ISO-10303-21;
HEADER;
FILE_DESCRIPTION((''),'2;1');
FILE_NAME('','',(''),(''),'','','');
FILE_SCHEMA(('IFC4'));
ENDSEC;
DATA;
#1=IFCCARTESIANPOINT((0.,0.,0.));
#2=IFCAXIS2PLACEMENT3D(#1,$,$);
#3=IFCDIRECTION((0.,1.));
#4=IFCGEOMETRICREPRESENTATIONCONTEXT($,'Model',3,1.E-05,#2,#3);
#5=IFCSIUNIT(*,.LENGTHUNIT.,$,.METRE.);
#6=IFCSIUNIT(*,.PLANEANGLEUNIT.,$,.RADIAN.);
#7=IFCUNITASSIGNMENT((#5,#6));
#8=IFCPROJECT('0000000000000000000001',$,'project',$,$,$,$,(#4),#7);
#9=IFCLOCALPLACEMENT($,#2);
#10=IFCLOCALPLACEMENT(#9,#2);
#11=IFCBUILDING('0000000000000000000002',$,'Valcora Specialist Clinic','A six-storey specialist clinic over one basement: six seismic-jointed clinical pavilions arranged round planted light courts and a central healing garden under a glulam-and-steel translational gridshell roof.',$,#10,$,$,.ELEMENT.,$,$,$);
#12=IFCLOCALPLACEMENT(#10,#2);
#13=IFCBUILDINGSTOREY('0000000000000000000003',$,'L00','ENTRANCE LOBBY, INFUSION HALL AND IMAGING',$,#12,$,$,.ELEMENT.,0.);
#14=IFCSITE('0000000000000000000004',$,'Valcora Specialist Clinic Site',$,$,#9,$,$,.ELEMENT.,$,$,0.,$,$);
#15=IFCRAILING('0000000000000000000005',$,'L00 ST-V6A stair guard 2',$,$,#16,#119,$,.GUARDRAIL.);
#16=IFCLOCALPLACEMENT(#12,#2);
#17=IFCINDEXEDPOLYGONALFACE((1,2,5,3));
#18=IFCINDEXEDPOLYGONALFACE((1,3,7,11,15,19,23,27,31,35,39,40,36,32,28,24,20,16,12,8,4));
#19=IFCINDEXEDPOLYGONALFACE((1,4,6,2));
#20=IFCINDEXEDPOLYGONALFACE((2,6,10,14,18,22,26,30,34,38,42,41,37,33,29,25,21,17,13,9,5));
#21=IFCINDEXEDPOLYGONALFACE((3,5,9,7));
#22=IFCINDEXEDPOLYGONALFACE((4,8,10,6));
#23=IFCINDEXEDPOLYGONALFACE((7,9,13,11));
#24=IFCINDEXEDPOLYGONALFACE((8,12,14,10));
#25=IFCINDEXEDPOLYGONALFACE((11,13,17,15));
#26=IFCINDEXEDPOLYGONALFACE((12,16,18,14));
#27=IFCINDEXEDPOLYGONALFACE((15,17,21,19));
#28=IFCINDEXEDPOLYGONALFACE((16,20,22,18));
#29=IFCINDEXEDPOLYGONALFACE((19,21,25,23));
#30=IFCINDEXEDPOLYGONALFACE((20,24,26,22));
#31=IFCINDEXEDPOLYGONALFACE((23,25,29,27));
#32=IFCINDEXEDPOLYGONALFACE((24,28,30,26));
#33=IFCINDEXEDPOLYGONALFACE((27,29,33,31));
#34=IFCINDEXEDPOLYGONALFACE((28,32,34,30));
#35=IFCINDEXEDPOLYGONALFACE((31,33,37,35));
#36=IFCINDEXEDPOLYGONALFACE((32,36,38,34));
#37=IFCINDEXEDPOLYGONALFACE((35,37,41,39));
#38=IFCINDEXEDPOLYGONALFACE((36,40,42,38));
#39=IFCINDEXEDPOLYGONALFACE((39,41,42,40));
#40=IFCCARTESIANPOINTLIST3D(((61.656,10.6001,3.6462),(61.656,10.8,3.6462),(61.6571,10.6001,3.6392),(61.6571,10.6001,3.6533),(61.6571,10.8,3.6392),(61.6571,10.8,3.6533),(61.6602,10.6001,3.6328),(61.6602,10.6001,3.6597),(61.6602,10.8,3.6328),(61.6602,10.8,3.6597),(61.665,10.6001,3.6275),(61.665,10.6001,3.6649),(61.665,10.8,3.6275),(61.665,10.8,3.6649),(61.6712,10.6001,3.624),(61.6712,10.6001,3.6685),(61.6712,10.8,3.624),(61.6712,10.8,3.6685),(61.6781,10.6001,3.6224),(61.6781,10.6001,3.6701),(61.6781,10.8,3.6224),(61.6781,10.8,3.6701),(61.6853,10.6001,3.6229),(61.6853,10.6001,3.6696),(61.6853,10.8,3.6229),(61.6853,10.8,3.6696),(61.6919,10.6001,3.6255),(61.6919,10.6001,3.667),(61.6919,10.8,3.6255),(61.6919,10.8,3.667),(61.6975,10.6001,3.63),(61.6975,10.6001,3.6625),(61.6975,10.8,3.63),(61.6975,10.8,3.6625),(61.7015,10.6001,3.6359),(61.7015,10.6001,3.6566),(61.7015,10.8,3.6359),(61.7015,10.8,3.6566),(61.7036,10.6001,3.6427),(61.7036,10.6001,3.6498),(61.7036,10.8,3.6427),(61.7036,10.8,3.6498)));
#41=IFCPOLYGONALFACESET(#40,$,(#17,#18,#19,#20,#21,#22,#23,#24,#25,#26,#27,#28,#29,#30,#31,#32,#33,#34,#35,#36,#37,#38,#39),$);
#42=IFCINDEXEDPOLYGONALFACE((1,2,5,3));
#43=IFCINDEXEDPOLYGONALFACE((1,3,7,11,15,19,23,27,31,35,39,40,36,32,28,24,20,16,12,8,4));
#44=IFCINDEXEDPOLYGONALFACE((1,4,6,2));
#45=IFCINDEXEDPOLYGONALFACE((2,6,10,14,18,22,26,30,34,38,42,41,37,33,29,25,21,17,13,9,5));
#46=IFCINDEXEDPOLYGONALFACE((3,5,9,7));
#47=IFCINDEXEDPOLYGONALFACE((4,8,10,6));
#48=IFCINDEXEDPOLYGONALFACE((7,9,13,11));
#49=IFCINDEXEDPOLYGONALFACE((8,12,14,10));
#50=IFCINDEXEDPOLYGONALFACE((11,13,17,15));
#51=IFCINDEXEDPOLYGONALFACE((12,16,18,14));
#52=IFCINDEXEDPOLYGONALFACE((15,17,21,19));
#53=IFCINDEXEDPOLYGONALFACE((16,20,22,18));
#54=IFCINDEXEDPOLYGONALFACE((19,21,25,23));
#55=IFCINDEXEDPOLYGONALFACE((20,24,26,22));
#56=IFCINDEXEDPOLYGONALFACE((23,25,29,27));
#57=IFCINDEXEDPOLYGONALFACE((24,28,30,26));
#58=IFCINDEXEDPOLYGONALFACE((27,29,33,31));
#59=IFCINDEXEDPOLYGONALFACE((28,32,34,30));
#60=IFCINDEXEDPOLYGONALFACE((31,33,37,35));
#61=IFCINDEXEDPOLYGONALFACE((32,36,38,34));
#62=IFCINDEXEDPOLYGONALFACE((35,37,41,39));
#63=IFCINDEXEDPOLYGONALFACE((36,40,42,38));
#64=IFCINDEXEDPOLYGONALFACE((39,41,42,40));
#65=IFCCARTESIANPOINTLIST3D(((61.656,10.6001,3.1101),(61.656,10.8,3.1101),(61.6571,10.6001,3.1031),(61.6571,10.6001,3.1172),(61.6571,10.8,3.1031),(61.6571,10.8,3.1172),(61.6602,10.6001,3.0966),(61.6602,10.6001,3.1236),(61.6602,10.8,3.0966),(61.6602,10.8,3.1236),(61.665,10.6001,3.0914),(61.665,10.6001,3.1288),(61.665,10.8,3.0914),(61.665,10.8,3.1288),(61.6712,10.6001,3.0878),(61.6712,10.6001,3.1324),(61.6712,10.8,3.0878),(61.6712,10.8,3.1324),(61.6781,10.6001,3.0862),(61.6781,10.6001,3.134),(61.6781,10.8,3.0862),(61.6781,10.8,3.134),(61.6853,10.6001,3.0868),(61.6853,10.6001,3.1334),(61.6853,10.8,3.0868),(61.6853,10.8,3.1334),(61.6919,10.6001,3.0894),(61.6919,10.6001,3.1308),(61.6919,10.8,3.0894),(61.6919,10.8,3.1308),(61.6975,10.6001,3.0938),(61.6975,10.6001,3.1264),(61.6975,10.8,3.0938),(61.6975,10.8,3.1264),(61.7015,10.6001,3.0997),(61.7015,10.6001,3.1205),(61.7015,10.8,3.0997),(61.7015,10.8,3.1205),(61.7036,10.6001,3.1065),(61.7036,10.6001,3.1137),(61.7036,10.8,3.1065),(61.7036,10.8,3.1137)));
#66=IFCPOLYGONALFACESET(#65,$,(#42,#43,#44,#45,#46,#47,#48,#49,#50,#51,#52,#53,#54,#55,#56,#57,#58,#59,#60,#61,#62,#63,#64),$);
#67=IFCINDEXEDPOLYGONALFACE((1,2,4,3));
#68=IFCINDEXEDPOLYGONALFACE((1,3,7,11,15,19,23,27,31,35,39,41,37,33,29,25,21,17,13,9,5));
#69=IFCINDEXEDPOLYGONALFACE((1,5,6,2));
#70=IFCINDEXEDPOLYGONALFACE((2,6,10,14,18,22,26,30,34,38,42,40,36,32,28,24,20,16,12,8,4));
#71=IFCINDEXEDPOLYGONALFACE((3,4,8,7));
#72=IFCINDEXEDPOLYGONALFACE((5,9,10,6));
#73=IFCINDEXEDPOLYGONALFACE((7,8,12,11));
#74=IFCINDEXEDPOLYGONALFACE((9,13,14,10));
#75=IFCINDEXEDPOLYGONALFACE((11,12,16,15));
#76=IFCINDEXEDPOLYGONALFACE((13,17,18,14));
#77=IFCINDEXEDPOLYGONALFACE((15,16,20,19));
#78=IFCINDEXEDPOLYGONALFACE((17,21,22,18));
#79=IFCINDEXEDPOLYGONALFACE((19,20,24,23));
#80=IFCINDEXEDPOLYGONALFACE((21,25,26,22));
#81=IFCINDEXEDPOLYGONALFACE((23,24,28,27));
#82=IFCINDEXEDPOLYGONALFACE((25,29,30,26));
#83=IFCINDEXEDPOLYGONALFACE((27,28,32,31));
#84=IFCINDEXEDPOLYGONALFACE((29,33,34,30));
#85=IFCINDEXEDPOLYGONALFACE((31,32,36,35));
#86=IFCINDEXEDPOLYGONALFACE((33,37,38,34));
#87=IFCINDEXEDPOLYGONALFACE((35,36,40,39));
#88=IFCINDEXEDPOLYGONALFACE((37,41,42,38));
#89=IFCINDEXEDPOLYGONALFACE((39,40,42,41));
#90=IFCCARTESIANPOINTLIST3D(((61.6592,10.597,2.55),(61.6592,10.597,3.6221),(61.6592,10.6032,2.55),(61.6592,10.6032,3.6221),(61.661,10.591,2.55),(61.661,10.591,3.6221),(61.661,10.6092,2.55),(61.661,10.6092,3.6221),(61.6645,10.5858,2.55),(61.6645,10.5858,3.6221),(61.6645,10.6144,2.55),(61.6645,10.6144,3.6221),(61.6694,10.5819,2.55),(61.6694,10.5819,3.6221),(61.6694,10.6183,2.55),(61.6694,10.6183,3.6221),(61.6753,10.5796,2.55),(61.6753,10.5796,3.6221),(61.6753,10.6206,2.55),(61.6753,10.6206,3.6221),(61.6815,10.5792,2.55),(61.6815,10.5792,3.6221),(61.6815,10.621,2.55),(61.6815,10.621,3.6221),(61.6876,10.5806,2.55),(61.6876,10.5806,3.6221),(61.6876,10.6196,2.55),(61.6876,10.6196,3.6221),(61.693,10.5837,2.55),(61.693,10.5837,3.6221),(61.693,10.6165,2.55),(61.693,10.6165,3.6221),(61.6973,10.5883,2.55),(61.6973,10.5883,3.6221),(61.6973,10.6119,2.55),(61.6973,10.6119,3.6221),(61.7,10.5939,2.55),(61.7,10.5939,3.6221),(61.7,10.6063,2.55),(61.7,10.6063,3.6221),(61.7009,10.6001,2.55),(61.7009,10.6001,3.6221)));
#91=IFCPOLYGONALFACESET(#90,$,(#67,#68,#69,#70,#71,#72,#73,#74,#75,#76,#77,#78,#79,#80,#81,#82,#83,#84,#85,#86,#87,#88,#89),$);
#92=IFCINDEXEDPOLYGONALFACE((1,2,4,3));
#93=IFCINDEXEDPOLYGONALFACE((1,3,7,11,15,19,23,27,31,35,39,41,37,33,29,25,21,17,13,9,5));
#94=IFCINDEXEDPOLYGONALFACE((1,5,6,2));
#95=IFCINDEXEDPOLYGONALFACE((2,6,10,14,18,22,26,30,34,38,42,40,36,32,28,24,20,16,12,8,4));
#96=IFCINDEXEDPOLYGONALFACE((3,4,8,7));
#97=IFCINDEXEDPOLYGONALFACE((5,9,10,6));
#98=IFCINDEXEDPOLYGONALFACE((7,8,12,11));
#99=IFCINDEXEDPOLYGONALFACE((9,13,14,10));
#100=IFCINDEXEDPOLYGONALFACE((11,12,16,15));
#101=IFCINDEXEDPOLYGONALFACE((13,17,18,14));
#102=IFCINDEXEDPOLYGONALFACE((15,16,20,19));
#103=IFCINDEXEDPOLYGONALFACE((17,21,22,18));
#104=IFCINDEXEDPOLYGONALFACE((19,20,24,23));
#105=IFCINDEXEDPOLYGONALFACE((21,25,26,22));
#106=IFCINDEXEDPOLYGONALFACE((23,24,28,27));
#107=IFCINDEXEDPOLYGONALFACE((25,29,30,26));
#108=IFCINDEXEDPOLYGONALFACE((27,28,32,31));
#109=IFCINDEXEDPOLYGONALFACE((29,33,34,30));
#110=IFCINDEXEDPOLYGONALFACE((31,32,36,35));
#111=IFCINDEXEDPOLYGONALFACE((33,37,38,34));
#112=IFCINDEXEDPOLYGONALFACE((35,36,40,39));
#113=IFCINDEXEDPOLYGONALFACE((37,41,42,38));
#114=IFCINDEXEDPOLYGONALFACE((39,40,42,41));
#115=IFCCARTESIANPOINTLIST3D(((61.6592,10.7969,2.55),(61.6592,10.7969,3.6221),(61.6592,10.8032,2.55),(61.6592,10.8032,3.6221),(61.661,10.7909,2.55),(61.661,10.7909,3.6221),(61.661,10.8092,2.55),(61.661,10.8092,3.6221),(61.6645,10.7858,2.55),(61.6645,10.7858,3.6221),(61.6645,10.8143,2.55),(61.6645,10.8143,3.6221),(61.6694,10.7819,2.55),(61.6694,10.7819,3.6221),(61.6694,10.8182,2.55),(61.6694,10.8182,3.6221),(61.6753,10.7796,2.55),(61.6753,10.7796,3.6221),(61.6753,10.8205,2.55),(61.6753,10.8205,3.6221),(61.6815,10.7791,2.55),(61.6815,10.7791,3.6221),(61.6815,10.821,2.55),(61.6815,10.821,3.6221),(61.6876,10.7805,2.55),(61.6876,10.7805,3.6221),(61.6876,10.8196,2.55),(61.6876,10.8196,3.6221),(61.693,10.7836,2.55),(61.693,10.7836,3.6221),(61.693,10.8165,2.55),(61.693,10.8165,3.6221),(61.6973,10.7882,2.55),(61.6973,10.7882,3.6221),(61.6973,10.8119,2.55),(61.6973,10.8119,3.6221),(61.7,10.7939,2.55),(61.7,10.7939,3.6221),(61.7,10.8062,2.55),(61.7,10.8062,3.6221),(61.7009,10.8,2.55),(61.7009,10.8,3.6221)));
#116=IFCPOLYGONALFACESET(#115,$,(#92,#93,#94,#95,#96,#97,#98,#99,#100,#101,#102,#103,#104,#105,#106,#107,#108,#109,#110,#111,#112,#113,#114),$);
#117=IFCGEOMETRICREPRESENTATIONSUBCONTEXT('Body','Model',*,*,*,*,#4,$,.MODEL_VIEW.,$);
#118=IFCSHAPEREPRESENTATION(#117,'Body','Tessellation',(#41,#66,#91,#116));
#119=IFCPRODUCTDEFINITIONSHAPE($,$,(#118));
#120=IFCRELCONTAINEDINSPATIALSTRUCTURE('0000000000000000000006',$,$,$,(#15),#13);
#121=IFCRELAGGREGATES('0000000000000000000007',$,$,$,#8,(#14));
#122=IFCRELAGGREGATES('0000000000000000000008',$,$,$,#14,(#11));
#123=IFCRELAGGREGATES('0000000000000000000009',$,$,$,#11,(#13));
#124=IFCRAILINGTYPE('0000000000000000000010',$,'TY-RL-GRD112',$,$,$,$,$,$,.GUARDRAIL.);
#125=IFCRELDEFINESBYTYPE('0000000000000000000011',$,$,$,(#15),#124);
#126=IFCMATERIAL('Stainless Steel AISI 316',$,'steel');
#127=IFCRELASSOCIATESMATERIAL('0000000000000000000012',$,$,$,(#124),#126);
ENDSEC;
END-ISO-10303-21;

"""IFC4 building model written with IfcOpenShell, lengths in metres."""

from ifc_helpers import new_model, si_unit, direction, frame, origin, origin_2d, place, context, subcontext, project, spatial, circle, extrude, material, type_object, element, save


model = new_model("IFC4")

# Units and contexts
model_context = context("Model", 3, precision=1e-05, world=origin(), true_north=direction((0.0, 1.0)))
body_context = subcontext(model_context, "Body", "Model", "MODEL_VIEW")
ifc_project = project(units=[si_unit("LENGTHUNIT", "METRE"), si_unit("PLANEANGLEUNIT", "RADIAN")], contexts=[model_context])

# Site, building, storey
site_placement = place(None, origin())
site = spatial("IfcSite", under=ifc_project, at=site_placement, Name="Valcora Specialist Clinic Site", CompositionType="ELEMENT", RefElevation=0.0)
building_placement = place(site_placement, origin())
building = spatial("IfcBuilding", under=site, at=building_placement, Name="Valcora Specialist Clinic", Description="A six-storey specialist clinic over one basement: six seismic-jointed clinical pavilions arranged round planted light courts and a central healing garden under a glulam-and-steel translational gridshell roof.", CompositionType="ELEMENT")
storey_placement = place(building_placement, origin())
storey = spatial("IfcBuildingStorey", under=building, at=storey_placement, Name="L00", Description="ENTRANCE LOBBY, INFUSION HALL AND IMAGING", CompositionType="ELEMENT", Elevation=0.0)

# Railing
ifc_material_1 = material(Name="Stainless Steel AISI 316", Category="steel")
railing_type_1 = type_object("IfcRailingType", Name="TY-RL-GRD112", PredefinedType="GUARDRAIL", material=ifc_material_1)
railing_1_placement = place(storey_placement, frame((61.6799, 10.6001, 2.55)))
element("IfcRailing", 1, at=railing_1_placement, inside=storey, type_object=railing_type_1, Name="L00 ST-V6A stair guard 2", PredefinedType="GUARDRAIL", context=body_context, shape_type="SweptSolid", body=[
    extrude(circle(Radius=0.0239, at=origin_2d()), frame((0.0, 0.0, 1.0962), z_axis=(0.0, 1.0, 0.0), x_axis=(-1.0, 0.0, 0.0)), (0.0, 0.0, 1.0), 0.2),
    extrude(circle(Radius=0.0239, at=origin_2d()), frame((0.0, 0.0, 0.5601), z_axis=(0.0, 1.0, 0.0), x_axis=(-1.0, 0.0, 0.0)), (0.0, 0.0, 1.0), 0.2),
    extrude(circle(Radius=0.021, at=origin_2d()), origin(), (0.0, 0.0, 1.0), 1.072),
    extrude(circle(Radius=0.021, at=origin_2d()), frame((0.0, 0.2, 0.0)), (0.0, 0.0, 1.0), 1.072),
])

save(model, "model.ifc")
